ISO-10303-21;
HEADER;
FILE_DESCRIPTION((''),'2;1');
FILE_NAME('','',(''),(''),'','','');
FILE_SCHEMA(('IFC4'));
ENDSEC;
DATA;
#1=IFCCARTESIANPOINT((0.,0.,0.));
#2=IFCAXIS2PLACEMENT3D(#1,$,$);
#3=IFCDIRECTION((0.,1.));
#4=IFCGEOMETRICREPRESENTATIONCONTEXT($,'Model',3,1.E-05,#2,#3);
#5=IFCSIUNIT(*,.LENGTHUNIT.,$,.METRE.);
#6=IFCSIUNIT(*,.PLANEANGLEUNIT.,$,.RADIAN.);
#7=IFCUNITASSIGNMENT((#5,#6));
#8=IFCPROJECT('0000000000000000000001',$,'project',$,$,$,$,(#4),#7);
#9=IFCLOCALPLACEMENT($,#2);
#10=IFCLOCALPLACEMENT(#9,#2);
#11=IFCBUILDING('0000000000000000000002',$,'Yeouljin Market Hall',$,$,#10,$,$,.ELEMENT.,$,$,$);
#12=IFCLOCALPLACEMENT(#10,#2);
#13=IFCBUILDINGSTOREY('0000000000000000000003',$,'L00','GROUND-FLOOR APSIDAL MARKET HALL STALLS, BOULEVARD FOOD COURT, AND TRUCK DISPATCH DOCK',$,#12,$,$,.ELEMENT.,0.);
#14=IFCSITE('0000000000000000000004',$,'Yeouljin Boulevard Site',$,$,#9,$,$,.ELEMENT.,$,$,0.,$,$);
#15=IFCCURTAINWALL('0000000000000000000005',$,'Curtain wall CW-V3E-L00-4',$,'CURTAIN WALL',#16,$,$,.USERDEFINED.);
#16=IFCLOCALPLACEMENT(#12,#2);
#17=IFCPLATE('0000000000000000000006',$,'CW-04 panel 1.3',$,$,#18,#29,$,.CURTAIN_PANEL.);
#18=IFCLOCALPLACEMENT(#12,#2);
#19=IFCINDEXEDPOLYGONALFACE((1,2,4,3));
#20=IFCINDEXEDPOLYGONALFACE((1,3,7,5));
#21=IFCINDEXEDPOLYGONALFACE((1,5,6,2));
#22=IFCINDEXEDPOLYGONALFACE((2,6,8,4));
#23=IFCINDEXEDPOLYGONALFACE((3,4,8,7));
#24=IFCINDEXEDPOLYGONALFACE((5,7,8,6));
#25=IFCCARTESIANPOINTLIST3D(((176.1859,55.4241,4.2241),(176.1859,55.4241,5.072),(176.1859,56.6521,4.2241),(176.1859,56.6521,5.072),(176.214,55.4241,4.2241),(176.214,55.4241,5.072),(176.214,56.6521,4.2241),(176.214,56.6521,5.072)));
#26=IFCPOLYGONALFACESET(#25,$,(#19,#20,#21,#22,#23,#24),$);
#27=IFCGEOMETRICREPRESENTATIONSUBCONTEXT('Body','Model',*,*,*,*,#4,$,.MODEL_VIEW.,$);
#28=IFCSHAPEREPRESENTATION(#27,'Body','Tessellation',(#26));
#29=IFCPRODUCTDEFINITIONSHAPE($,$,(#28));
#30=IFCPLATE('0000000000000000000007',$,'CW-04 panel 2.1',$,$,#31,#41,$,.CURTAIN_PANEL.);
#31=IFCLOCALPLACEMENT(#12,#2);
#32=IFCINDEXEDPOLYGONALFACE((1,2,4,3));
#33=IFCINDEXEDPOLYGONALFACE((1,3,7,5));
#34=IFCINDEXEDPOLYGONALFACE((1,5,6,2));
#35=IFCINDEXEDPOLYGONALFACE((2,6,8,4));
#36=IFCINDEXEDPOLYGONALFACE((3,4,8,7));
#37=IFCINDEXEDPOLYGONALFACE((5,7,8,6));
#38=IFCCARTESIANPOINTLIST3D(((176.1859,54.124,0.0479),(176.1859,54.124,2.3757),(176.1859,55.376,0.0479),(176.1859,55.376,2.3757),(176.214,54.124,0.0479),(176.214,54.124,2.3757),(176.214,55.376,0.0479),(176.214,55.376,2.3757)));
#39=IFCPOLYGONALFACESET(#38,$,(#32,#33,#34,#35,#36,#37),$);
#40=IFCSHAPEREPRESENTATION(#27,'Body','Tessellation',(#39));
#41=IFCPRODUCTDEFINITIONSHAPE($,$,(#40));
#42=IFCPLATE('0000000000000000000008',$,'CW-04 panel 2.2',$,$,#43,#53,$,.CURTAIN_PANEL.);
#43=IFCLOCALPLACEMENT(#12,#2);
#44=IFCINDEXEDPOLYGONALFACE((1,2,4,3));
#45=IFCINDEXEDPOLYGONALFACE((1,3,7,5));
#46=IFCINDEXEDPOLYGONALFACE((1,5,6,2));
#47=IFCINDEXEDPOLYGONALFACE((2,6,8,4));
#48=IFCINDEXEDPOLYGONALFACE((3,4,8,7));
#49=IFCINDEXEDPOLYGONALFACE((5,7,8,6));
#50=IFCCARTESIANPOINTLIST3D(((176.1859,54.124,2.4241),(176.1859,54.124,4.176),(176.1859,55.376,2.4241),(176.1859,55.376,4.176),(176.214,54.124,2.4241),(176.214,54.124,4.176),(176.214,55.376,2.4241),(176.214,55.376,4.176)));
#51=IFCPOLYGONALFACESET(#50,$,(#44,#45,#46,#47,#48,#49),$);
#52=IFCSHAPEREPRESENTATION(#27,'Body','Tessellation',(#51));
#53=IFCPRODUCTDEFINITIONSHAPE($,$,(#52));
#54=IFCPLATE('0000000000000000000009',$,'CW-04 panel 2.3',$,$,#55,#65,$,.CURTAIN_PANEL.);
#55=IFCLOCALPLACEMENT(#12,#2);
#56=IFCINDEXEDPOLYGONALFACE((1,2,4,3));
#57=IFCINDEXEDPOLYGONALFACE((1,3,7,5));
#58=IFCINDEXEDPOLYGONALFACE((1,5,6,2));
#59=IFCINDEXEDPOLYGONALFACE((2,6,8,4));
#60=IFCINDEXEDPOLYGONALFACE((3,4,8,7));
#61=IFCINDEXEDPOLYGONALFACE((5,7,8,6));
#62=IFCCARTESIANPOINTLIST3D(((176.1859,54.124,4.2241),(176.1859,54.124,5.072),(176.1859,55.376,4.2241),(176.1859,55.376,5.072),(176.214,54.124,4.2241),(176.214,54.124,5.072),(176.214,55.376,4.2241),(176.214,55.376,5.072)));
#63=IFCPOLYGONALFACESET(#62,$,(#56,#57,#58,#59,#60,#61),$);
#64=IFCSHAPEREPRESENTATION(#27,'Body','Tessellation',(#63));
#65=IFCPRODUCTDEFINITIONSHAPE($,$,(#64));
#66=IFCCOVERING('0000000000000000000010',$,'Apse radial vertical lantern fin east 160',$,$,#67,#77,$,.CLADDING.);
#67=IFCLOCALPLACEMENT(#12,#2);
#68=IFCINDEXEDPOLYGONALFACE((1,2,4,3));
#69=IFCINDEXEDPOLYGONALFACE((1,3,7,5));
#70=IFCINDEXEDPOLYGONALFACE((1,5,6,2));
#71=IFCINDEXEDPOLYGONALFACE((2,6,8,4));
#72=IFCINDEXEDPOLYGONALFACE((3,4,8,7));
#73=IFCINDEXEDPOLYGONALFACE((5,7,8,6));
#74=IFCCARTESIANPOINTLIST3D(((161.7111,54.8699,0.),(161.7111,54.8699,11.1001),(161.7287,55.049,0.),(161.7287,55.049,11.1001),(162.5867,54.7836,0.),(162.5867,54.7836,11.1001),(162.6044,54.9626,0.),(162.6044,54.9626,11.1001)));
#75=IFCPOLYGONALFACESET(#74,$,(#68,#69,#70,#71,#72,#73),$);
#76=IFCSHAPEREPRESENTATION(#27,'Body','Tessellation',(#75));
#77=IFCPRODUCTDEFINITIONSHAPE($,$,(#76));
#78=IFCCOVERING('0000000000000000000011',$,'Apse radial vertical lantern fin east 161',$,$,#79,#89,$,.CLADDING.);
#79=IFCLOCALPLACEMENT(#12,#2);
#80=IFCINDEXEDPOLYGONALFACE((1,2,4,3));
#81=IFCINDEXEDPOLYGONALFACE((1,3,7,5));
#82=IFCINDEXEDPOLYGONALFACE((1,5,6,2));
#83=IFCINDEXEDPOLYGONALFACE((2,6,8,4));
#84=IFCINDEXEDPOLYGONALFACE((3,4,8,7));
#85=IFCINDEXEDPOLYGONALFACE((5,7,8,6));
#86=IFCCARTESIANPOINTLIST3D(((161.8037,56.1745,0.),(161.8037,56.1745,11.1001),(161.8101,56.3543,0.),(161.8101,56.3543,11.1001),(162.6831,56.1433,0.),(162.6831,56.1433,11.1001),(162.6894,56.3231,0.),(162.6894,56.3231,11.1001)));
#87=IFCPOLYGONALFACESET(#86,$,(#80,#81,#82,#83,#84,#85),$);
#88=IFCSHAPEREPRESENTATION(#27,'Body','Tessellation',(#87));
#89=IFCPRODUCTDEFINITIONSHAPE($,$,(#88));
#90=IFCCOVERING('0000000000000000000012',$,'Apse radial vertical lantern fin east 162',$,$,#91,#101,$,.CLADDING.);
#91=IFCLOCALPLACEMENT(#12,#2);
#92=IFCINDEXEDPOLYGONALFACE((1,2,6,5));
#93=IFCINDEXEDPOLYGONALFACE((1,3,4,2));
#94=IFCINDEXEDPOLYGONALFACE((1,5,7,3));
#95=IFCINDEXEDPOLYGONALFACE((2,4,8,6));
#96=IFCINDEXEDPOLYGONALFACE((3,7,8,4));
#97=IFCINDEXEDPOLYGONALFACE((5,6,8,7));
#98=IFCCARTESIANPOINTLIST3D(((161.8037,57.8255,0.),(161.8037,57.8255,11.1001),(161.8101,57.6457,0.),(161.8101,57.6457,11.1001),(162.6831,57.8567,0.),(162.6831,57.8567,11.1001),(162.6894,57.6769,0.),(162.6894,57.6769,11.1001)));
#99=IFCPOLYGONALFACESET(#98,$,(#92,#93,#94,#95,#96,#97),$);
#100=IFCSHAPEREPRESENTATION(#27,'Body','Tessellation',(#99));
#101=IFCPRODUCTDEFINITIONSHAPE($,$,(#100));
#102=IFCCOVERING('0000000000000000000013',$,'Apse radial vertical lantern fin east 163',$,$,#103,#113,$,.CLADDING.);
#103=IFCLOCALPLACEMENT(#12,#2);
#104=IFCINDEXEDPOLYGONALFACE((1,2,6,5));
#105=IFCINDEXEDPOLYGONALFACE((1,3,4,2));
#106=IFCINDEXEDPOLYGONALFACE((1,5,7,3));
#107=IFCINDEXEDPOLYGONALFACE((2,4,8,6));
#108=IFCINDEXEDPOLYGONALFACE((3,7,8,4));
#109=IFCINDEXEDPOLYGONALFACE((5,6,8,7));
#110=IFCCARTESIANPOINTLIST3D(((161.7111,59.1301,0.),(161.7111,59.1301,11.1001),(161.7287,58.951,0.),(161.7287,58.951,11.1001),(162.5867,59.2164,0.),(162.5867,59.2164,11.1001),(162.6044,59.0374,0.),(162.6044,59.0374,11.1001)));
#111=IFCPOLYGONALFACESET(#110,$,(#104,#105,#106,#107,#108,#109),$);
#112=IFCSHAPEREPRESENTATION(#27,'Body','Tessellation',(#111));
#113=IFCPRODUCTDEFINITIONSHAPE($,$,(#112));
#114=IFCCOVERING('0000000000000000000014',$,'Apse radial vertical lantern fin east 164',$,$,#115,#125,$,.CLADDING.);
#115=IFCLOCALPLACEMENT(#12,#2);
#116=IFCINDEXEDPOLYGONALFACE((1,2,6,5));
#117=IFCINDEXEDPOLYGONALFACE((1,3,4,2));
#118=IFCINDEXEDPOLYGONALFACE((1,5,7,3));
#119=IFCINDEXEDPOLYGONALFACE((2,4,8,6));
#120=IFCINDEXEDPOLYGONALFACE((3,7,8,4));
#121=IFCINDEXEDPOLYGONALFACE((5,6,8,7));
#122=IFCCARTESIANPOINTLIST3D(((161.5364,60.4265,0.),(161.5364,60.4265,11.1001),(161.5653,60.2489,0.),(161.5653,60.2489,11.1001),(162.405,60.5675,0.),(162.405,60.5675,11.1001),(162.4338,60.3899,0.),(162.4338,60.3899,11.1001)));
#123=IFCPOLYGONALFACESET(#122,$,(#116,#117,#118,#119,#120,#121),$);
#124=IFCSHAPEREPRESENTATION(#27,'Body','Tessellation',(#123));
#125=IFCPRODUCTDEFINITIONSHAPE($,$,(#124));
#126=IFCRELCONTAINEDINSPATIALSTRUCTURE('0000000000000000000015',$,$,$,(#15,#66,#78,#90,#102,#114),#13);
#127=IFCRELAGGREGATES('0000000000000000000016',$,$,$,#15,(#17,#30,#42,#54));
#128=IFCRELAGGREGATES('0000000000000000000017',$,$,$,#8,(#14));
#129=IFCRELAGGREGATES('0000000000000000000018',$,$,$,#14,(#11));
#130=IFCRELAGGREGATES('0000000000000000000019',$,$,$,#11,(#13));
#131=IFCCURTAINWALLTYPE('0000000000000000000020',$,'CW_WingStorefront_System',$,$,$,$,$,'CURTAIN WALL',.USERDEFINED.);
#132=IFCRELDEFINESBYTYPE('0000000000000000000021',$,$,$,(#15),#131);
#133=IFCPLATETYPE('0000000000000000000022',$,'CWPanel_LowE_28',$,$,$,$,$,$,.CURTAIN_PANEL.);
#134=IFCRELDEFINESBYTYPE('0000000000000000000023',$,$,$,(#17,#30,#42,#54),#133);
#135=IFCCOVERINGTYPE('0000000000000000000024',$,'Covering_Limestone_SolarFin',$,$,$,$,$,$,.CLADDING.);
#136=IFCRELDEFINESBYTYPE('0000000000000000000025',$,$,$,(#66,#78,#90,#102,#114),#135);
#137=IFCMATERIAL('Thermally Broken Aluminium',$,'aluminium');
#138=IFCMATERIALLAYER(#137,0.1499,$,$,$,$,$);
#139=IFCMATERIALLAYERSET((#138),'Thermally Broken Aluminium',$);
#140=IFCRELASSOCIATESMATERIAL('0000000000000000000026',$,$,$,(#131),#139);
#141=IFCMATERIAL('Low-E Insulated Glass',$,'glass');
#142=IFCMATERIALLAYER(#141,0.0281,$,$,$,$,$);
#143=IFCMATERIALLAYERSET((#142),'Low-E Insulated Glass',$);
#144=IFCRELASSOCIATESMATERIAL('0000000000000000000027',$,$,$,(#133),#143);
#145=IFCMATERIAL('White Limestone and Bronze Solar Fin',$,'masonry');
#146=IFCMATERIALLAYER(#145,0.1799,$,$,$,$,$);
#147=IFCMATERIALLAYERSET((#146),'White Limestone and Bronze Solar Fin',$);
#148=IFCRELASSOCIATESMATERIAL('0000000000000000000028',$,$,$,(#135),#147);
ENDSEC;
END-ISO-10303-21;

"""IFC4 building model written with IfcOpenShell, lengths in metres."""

from ifc_helpers import new_model, si_unit, direction, frame, origin, origin_2d, place, context, subcontext, project, spatial, rectangle, extrude, material, layer, layer_set, type_object, element, aggregate, save


model = new_model("IFC4")

# Units and contexts
model_context = context("Model", 3, precision=1e-05, world=origin(), true_north=direction((0.0, 1.0)))
body_context = subcontext(model_context, "Body", "Model", "MODEL_VIEW")
ifc_project = project(units=[si_unit("LENGTHUNIT", "METRE"), si_unit("PLANEANGLEUNIT", "RADIAN")], contexts=[model_context])

# Site, building, storey
site_placement = place(None, origin())
site = spatial("IfcSite", under=ifc_project, at=site_placement, Name="Yeouljin Boulevard Site", CompositionType="ELEMENT", RefElevation=0.0)
building_placement = place(site_placement, origin())
building = spatial("IfcBuilding", under=site, at=building_placement, Name="Yeouljin Market Hall", CompositionType="ELEMENT")
storey_placement = place(building_placement, origin())
storey = spatial("IfcBuildingStorey", under=building, at=storey_placement, Name="L00", Description="GROUND-FLOOR APSIDAL MARKET HALL STALLS, BOULEVARD FOOD COURT, AND TRUCK DISPATCH DOCK", CompositionType="ELEMENT", Elevation=0.0)

# Shared definitions
ifc_material_1 = material(Name="Thermally Broken Aluminium", Category="aluminium")
ifc_layer_1 = layer(ifc_material_1, 0.1499)
ifc_layer_set_1 = layer_set([ifc_layer_1], Name="Thermally Broken Aluminium")
curtain_wall_type = type_object("IfcCurtainWallType", Name="CW_WingStorefront_System", ElementType="CURTAIN WALL", PredefinedType="USERDEFINED", material=ifc_layer_set_1)

# Curtain wall
curtain_wall_1_placement = place(storey_placement, origin())
curtain_wall_1 = element("IfcCurtainWall", 1, at=curtain_wall_1_placement, inside=storey, type_object=curtain_wall_type, Name="Curtain wall CW-V3E-L00-4", ObjectType="CURTAIN WALL", PredefinedType="USERDEFINED")

# Plates
ifc_material_2 = material(Name="Low-E Insulated Glass", Category="glass")
ifc_layer_2 = layer(ifc_material_2, 0.0281)
ifc_layer_set_2 = layer_set([ifc_layer_2], Name="Low-E Insulated Glass")
plate_type = type_object("IfcPlateType", Name="CWPanel_LowE_28", PredefinedType="CURTAIN_PANEL", material=ifc_layer_set_2)
plate_1_placement = place(storey_placement, frame((176.2, 56.0381, 4.2241), z_axis=(0.0, 0.0, 1.0), x_axis=(0.0, -1.0, 0.0)))
plate_1 = element("IfcPlate", 2, at=plate_1_placement, type_object=plate_type, Name="CW-04 panel 1.3", PredefinedType="CURTAIN_PANEL", context=body_context, shape_type="SweptSolid", body=[
    extrude(rectangle(XDim=1.228, YDim=0.0281, at=origin_2d()), origin(), (0.0, 0.0, 1.0), 0.8479),
])
plate_2_placement = place(storey_placement, frame((176.2, 54.75, 0.0479), z_axis=(0.0, 0.0, 1.0), x_axis=(0.0, -1.0, 0.0)))
plate_2 = element("IfcPlate", 3, at=plate_2_placement, type_object=plate_type, Name="CW-04 panel 2.1", PredefinedType="CURTAIN_PANEL", context=body_context, shape_type="SweptSolid", body=[
    extrude(rectangle(XDim=1.252, YDim=0.0281, at=origin_2d()), origin(), (0.0, 0.0, 1.0), 2.3279),
])
plate_3_placement = place(storey_placement, frame((176.2, 54.75, 2.4241), z_axis=(0.0, 0.0, 1.0), x_axis=(0.0, -1.0, 0.0)))
plate_3 = element("IfcPlate", 4, at=plate_3_placement, type_object=plate_type, Name="CW-04 panel 2.2", PredefinedType="CURTAIN_PANEL", context=body_context, shape_type="SweptSolid", body=[
    extrude(rectangle(XDim=1.252, YDim=0.0281, at=origin_2d()), origin(), (0.0, 0.0, 1.0), 1.752),
])
plate_4_placement = place(storey_placement, frame((176.2, 54.75, 4.2241), z_axis=(0.0, 0.0, 1.0), x_axis=(0.0, -1.0, 0.0)))
plate_4 = element("IfcPlate", 5, at=plate_4_placement, type_object=plate_type, Name="CW-04 panel 2.3", PredefinedType="CURTAIN_PANEL", context=body_context, shape_type="SweptSolid", body=[
    extrude(rectangle(XDim=1.252, YDim=0.0281, at=origin_2d()), origin(), (0.0, 0.0, 1.0), 0.8479),
])
aggregate(curtain_wall_1, [plate_1, plate_2, plate_3, plate_4])

# Coverings
ifc_material_3 = material(Name="White Limestone and Bronze Solar Fin", Category="masonry")
ifc_layer_3 = layer(ifc_material_3, 0.1799)
ifc_layer_set_3 = layer_set([ifc_layer_3], Name="White Limestone and Bronze Solar Fin")
covering_type = type_object("IfcCoveringType", Name="Covering_Limestone_SolarFin", PredefinedType="CLADDING", material=ifc_layer_set_3)
for number, where, z_axis, x_axis, name in (
    (6, (162.1577, 54.9163, 0.0), (0.0, 0.0, 1.0), (0.995176, -0.098104, 0.0), "Apse radial vertical lantern fin east 160"),
    (7, (162.2466, 56.2488, 0.0), (0.0, 0.0, 1.0), (0.999372, -0.035423, 0.0), "Apse radial vertical lantern fin east 161"),
    (8, (162.2466, 57.7512, 0.0), (0.0, 0.0, 1.0), (0.999372, 0.035423, 0.0), "Apse radial vertical lantern fin east 162"),
    (9, (162.1577, 59.0837, 0.0), (0.0, 0.0, 1.0), (0.995176, 0.098104, 0.0), "Apse radial vertical lantern fin east 163"),
    (10, (161.9851, 60.4082, 0.0), (0.0, 0.0, 1.0), (0.98708, 0.160226, 0.0), "Apse radial vertical lantern fin east 164"),
):
    element("IfcCovering", number, at=place(storey_placement, frame(where, z_axis=z_axis, x_axis=x_axis)), inside=storey, type_object=covering_type, Name=name, PredefinedType="CLADDING", context=body_context, shape_type="SweptSolid", body=[
        extrude(rectangle(XDim=0.8799, YDim=0.1799, at=origin_2d()), origin(), (0.0, 0.0, 1.0), 11.1001),
    ])

save(model, "model.ifc")
